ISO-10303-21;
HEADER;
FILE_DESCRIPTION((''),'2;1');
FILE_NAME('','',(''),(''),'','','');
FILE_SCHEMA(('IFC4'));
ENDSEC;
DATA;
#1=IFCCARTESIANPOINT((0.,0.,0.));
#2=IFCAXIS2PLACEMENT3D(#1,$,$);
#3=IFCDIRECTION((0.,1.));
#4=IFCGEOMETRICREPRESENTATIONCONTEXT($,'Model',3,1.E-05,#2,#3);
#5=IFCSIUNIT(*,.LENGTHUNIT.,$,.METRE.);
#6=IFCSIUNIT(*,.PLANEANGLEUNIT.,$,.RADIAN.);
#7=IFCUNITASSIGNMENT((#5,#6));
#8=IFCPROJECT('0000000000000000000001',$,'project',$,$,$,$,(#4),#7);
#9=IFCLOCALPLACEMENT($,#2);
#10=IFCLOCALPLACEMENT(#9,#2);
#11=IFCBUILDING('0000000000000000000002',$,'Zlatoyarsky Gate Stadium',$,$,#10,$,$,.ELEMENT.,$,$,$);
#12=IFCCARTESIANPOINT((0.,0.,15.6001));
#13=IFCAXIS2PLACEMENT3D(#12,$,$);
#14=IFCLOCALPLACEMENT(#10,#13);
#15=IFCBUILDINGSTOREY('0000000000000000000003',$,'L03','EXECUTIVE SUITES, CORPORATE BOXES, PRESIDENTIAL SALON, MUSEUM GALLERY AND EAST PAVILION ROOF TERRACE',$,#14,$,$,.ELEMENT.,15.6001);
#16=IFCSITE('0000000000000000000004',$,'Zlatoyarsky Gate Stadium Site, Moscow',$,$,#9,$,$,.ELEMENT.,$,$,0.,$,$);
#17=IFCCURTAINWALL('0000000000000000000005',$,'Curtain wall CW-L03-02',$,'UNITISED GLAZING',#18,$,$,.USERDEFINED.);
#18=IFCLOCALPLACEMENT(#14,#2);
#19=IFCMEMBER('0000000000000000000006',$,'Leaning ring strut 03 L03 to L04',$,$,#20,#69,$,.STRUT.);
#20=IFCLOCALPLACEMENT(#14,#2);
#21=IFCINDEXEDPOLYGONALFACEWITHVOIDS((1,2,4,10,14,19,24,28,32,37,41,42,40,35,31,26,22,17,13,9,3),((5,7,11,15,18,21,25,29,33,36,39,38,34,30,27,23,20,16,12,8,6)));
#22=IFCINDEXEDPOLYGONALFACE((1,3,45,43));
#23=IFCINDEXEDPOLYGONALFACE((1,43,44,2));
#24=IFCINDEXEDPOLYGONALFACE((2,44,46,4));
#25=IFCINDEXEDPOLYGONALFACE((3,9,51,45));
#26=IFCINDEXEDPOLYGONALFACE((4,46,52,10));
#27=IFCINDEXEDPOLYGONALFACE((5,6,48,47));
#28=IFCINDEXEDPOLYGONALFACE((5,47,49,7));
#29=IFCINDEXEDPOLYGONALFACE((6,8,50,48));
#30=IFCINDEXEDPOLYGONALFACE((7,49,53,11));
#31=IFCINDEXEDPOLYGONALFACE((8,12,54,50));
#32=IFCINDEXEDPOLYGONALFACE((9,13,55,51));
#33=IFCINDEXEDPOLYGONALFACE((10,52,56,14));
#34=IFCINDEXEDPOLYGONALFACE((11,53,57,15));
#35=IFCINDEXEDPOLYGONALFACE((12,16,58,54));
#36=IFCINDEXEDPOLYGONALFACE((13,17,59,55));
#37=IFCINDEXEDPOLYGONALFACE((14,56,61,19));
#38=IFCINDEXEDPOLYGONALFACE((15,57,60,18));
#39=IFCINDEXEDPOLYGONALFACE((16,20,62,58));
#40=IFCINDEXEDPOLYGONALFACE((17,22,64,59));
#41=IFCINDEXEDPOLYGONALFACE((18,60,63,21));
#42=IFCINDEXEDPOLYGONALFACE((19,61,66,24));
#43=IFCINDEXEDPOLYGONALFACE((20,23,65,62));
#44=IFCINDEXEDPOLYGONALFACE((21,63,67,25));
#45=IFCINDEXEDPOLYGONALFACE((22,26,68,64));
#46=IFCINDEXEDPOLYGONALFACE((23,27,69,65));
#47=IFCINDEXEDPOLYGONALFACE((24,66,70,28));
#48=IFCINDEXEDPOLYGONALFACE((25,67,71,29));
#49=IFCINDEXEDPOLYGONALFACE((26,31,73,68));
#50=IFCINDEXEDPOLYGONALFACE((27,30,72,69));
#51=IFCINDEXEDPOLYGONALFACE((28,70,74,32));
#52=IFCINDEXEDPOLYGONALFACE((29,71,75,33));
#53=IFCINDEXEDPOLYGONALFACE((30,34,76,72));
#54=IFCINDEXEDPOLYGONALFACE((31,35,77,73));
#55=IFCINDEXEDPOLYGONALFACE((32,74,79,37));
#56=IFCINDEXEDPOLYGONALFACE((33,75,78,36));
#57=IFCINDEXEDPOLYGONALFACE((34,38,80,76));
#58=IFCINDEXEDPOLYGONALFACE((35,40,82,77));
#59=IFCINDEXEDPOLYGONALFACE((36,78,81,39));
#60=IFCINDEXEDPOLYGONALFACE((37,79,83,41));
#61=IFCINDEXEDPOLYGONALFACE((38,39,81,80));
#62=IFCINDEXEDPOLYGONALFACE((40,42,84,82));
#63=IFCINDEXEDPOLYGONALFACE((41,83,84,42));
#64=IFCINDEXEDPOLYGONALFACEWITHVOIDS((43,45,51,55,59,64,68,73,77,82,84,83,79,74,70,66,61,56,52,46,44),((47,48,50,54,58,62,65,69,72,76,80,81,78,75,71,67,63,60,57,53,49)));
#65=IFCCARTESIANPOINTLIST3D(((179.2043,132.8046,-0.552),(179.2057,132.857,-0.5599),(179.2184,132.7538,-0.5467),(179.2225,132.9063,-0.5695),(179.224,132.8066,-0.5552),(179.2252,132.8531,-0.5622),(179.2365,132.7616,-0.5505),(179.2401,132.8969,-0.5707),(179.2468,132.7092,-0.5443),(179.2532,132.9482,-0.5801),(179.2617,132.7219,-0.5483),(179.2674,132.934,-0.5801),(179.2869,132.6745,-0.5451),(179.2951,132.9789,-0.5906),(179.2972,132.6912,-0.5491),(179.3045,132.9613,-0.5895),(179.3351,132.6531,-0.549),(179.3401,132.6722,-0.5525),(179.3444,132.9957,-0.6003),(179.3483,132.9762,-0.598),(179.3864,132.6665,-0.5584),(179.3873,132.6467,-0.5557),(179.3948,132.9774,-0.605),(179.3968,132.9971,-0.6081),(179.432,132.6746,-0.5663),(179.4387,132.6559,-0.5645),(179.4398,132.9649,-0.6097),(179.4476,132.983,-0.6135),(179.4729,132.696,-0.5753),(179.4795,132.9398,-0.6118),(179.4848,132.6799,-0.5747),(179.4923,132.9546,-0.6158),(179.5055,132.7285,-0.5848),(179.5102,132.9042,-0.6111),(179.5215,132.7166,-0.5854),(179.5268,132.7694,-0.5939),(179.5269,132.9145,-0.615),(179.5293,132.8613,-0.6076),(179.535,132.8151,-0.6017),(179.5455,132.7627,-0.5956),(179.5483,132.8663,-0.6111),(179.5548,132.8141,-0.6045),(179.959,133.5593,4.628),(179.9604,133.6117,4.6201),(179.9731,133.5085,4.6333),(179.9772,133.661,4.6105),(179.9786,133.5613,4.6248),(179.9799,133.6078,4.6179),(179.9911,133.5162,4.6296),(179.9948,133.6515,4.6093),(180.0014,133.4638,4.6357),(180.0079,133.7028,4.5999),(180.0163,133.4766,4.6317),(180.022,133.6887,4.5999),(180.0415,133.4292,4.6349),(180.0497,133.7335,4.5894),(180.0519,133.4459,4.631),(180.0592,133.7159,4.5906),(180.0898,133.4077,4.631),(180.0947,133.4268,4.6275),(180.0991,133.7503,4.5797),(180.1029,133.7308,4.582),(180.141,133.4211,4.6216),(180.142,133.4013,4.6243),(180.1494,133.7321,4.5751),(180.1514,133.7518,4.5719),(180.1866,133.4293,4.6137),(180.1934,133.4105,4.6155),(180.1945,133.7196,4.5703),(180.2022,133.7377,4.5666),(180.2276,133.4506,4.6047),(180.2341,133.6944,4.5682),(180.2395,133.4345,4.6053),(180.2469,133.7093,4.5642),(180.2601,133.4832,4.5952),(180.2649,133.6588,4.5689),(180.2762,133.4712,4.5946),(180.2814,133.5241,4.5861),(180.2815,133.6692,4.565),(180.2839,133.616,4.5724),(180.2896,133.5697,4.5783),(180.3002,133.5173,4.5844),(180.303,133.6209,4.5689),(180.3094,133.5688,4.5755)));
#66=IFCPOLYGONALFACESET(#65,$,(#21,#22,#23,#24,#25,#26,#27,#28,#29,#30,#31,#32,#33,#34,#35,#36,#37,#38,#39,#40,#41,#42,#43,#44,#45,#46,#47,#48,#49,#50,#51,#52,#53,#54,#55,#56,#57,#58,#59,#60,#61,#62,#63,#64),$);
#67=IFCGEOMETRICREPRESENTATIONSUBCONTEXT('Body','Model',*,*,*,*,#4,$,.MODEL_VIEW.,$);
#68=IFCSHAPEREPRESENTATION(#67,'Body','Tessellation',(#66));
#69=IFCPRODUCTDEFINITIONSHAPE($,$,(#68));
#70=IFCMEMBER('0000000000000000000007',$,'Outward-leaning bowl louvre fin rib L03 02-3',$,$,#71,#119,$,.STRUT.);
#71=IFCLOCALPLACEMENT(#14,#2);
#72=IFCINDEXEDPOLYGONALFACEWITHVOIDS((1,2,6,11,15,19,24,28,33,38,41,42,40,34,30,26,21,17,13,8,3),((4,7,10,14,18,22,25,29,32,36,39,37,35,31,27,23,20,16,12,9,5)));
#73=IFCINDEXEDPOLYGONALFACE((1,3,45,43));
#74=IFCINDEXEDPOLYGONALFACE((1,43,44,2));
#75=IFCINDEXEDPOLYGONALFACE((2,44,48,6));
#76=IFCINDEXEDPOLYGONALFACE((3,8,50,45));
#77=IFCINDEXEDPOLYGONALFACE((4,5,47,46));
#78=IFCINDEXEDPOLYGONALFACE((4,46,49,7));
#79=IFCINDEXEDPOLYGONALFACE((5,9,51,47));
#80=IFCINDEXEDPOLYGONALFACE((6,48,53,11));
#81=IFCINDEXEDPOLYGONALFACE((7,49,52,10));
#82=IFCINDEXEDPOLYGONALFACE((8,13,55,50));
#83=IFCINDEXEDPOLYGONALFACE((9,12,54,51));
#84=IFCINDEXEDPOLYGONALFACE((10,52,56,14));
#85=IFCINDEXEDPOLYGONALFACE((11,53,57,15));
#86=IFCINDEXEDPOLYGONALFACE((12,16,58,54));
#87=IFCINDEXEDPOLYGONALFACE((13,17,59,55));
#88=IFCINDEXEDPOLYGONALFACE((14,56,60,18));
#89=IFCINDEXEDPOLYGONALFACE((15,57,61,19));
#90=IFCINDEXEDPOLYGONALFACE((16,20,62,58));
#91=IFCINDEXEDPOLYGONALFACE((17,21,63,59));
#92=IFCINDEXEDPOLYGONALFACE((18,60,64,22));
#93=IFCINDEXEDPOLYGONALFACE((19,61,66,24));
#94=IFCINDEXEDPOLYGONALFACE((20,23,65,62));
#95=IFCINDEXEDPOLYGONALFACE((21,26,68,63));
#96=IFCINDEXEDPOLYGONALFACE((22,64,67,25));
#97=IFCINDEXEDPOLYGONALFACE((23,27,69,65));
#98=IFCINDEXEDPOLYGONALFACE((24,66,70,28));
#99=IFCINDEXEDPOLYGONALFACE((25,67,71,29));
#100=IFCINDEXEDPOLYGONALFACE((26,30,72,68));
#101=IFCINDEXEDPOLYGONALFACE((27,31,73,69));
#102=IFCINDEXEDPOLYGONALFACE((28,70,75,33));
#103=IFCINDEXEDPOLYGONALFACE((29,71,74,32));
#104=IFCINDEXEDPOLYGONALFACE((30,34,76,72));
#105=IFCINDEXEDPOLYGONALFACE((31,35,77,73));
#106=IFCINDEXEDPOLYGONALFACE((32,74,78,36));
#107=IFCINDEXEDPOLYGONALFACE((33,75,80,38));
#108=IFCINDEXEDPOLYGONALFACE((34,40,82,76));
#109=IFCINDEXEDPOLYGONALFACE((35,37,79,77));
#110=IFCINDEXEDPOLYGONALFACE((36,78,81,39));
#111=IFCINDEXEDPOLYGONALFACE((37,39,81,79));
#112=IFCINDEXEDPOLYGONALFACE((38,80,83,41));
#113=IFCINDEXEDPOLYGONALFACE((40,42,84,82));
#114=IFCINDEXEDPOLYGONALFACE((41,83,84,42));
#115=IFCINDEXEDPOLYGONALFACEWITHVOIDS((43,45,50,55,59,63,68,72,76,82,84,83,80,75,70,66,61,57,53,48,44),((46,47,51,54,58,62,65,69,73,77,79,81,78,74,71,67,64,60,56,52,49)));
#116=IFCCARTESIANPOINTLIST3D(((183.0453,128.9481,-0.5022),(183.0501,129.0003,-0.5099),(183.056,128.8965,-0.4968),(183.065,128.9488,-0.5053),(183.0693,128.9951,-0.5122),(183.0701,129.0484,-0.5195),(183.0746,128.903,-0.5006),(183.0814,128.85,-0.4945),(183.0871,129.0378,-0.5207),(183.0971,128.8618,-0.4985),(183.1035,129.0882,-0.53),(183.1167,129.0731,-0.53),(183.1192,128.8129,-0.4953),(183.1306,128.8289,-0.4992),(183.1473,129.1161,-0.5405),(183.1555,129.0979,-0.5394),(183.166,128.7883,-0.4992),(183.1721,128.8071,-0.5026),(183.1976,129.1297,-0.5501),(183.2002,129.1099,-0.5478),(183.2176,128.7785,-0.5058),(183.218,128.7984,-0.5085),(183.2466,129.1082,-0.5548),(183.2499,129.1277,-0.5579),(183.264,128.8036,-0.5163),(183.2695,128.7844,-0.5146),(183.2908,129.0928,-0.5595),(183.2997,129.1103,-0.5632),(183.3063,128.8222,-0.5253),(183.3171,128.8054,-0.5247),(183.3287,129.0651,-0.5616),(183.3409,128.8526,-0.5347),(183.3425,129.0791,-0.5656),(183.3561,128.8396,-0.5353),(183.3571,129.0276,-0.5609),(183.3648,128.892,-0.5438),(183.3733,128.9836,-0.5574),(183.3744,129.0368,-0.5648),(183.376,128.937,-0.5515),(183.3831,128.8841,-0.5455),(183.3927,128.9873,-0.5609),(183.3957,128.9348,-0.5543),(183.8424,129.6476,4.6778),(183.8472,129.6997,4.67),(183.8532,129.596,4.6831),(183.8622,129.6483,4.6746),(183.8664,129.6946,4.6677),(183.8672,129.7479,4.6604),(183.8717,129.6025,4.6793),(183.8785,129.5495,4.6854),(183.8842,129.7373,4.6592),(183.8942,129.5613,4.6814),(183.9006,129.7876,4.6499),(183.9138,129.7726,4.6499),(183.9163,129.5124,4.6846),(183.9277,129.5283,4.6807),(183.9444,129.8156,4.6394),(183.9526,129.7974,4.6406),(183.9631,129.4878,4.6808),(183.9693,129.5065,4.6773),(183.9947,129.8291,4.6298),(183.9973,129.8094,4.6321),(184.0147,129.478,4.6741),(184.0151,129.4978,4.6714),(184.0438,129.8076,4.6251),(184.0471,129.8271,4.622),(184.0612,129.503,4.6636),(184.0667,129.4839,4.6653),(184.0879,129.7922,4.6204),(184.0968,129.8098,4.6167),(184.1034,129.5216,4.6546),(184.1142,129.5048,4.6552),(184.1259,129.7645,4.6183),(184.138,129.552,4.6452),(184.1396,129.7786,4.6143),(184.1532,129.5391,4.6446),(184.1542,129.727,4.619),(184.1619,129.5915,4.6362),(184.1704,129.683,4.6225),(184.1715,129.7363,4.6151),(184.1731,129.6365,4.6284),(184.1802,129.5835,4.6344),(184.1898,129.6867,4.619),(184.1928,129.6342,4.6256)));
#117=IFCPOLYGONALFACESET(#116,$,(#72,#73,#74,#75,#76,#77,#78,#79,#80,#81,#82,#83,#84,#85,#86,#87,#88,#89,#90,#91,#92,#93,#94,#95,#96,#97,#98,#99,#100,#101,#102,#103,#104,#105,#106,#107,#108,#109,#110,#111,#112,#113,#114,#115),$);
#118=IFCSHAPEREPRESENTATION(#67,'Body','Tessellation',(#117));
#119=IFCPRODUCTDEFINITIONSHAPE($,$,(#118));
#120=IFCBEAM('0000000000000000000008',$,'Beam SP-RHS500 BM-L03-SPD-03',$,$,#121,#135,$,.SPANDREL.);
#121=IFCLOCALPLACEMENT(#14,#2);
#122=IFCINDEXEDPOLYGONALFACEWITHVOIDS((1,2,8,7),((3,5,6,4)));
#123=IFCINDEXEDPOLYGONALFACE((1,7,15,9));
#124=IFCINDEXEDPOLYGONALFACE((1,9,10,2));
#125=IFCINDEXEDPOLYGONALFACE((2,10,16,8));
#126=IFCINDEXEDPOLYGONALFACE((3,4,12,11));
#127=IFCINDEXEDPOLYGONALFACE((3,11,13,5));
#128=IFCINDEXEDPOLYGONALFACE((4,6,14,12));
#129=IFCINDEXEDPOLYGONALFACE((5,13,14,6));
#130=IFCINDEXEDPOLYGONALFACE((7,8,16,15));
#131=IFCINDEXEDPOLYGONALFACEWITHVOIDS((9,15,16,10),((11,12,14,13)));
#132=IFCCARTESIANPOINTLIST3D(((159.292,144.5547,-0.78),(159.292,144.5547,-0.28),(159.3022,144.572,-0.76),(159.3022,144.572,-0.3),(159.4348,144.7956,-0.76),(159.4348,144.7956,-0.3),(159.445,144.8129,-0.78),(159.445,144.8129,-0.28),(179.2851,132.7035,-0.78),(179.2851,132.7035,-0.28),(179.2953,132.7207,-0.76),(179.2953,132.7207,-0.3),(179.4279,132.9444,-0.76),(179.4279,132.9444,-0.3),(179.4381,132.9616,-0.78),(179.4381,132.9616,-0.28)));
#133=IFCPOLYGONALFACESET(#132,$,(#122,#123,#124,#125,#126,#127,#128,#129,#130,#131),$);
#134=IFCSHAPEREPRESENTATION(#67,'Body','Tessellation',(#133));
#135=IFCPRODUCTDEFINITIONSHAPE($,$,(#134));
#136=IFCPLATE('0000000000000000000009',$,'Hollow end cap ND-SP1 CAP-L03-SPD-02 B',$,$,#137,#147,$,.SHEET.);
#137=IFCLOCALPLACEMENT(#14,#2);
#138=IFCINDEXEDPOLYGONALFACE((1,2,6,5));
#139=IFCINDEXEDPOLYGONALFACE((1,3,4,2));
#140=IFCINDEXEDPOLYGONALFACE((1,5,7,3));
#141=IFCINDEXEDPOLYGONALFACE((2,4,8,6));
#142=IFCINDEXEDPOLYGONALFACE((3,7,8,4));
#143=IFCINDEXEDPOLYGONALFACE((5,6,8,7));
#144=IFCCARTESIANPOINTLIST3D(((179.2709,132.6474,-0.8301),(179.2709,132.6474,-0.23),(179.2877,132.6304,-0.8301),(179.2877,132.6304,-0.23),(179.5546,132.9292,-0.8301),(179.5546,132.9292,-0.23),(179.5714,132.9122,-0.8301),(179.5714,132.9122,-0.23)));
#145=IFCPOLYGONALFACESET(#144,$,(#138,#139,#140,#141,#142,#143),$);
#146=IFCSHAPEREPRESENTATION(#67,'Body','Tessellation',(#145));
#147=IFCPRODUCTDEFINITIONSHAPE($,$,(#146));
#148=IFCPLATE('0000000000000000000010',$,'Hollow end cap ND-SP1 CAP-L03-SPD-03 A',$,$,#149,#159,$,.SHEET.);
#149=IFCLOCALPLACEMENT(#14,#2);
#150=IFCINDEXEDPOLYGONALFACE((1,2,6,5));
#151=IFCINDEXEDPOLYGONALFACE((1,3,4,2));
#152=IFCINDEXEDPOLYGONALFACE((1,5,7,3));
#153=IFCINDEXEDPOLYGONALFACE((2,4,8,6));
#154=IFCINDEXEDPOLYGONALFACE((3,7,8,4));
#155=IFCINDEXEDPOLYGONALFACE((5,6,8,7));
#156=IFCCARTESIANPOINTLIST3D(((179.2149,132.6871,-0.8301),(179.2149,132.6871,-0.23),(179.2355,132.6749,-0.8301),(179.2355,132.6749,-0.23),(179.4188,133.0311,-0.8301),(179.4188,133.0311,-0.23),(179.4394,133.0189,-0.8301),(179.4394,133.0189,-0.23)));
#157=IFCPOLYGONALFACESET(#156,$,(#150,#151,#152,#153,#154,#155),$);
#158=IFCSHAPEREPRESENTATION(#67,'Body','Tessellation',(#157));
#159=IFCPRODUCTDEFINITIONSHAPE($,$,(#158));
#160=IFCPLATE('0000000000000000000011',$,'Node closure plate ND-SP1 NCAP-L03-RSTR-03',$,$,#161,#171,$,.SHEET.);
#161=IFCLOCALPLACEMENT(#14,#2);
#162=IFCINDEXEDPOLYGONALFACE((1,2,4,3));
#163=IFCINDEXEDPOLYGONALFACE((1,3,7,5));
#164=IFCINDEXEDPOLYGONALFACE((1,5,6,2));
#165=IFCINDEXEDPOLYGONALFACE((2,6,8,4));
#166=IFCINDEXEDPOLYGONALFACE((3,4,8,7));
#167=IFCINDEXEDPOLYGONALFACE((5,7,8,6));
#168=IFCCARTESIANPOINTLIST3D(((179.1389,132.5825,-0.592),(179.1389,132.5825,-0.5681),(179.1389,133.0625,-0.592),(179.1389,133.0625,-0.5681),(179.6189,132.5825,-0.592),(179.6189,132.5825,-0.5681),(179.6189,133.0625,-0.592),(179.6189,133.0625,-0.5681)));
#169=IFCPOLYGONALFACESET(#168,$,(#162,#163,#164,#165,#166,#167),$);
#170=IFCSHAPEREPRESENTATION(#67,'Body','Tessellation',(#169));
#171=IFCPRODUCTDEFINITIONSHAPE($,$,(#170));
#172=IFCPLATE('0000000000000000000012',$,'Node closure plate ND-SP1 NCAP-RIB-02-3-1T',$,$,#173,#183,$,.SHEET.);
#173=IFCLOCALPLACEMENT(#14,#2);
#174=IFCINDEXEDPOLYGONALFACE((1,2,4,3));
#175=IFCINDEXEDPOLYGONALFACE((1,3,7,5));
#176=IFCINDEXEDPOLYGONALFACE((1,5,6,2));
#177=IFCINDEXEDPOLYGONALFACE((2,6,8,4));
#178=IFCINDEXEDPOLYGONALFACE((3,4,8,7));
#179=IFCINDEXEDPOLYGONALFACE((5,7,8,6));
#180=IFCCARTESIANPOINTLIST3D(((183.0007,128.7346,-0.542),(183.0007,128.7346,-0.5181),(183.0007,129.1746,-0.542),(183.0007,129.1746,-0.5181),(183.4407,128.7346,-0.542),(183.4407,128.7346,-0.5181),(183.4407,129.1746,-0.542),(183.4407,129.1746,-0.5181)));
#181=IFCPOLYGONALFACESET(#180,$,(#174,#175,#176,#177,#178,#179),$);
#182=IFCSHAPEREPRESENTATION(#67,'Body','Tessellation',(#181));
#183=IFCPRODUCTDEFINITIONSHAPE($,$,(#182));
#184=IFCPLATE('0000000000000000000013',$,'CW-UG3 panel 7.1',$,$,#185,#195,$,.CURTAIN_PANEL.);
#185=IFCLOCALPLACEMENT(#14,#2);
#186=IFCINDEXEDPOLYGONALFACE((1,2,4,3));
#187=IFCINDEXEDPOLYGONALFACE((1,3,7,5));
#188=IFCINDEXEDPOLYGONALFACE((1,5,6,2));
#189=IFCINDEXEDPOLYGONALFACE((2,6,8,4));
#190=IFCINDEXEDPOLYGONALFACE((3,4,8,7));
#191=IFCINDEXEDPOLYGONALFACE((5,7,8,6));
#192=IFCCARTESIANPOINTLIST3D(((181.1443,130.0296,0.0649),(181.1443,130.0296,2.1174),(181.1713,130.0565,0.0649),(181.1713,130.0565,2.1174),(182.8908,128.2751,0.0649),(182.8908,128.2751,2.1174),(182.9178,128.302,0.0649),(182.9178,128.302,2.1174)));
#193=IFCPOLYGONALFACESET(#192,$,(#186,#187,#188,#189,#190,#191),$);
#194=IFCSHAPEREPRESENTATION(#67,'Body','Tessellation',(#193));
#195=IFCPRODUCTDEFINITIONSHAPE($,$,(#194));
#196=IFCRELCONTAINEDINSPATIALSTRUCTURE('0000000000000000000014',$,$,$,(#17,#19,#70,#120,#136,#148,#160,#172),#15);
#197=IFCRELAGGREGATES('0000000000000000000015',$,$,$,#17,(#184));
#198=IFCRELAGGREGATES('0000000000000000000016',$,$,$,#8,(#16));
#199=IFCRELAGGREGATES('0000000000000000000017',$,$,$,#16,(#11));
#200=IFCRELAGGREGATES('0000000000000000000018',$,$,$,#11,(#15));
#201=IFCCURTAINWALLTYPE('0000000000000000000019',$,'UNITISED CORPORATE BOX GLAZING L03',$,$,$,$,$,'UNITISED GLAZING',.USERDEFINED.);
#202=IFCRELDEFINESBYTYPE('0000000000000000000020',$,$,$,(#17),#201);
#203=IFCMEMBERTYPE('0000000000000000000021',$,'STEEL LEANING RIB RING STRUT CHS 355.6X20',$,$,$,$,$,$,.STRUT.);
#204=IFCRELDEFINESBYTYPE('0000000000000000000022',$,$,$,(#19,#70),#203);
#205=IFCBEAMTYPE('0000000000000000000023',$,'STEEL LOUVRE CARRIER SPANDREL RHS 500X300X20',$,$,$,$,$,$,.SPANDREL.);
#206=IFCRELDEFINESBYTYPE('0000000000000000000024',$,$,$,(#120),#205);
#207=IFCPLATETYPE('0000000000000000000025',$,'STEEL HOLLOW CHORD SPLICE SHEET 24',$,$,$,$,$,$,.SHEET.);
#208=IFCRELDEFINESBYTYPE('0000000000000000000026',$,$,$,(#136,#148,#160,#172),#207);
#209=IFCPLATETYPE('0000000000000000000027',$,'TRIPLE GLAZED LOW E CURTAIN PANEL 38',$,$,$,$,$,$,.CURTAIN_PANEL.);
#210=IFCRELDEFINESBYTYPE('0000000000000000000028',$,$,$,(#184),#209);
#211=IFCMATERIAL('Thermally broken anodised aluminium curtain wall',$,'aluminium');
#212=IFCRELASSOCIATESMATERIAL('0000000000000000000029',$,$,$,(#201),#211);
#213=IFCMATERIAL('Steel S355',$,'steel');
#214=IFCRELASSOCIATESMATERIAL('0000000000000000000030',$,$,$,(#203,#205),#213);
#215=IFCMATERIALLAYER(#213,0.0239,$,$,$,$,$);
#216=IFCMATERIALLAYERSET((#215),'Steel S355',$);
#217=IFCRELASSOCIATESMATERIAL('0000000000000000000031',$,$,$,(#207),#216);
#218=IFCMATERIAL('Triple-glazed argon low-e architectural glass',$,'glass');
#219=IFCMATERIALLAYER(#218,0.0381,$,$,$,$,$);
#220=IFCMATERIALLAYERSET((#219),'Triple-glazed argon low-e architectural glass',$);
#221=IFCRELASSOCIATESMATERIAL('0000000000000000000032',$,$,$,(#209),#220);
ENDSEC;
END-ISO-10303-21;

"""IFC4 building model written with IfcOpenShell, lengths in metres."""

from ifc_helpers import new_model, si_unit, direction, frame, origin, origin_2d, place, context, subcontext, project, spatial, rectangle, hollow_rectangle, hollow_circle, extrude, material, layer, layer_set, material_profile, profile_set, type_object, element, aggregate, save


model = new_model("IFC4")

# Units and contexts
model_context = context("Model", 3, precision=1e-05, world=origin(), true_north=direction((0.0, 1.0)))
body_context = subcontext(model_context, "Body", "Model", "MODEL_VIEW")
ifc_project = project(units=[si_unit("LENGTHUNIT", "METRE"), si_unit("PLANEANGLEUNIT", "RADIAN")], contexts=[model_context])

# Site, building, storey
site_placement = place(None, origin())
site = spatial("IfcSite", under=ifc_project, at=site_placement, Name="Zlatoyarsky Gate Stadium Site, Moscow", CompositionType="ELEMENT", RefElevation=0.0)
building_placement = place(site_placement, origin())
building = spatial("IfcBuilding", under=site, at=building_placement, Name="Zlatoyarsky Gate Stadium", CompositionType="ELEMENT")
storey_placement = place(building_placement, frame((0.0, 0.0, 15.6001)))
storey = spatial("IfcBuildingStorey", under=building, at=storey_placement, Name="L03", Description="EXECUTIVE SUITES, CORPORATE BOXES, PRESIDENTIAL SALON, MUSEUM GALLERY AND EAST PAVILION ROOF TERRACE", CompositionType="ELEMENT", Elevation=15.6001)

# Curtain wall
ifc_material_1 = material(Name="Thermally broken anodised aluminium curtain wall", Category="aluminium")
curtain_wall_type = type_object("IfcCurtainWallType", Name="UNITISED CORPORATE BOX GLAZING L03", ElementType="UNITISED GLAZING", PredefinedType="USERDEFINED", material=ifc_material_1)
curtain_wall_1_placement = place(storey_placement, origin())
curtain_wall_1 = element("IfcCurtainWall", 1, at=curtain_wall_1_placement, inside=storey, type_object=curtain_wall_type, Name="Curtain wall CW-L03-02", ObjectType="UNITISED GLAZING", PredefinedType="USERDEFINED")

# Members
ifc_material_2 = material(Name="Steel S355", Category="steel")
ifc_material_profile_1 = material_profile(ifc_material_2, hollow_circle(Radius=0.1777, WallThickness=0.02, at=origin_2d()), Name="CHS 355.6X20")
ifc_profile_set_1 = profile_set([ifc_material_profile_1], Name="Steel S355")
member_type_1 = type_object("IfcMemberType", Name="STEEL LEANING RIB RING STRUT CHS 355.6X20", PredefinedType="STRUT", material=ifc_profile_set_1)
member_1_placement = place(storey_placement, frame((179.3789, 132.8225, -0.5801), z_axis=(0.142688, 0.142688, 0.979429), x_axis=(-0.707107, 0.707107, 0.0)))
element("IfcMember", 2, at=member_1_placement, inside=storey, type_object=member_type_1, Name="Leaning ring strut 03 L03 to L04", PredefinedType="STRUT", context=body_context, shape_type="SweptSolid", body=[
    extrude(hollow_circle(Radius=0.1777, WallThickness=0.02, at=origin_2d()), origin(), (0.0, 0.0, 1.0), 5.2888),
])
member_2_placement = place(storey_placement, frame((183.2207, 128.9546, -0.53), z_axis=(0.150759, 0.132289, 0.979679), x_axis=(-0.659563, 0.751649, 0.0)))
element("IfcMember", 3, at=member_2_placement, inside=storey, type_object=member_type_1, Name="Outward-leaning bowl louvre fin rib L03 02-3", PredefinedType="STRUT", context=body_context, shape_type="SweptSolid", body=[
    extrude(hollow_circle(Radius=0.1777, WallThickness=0.02, at=origin_2d()), origin(), (0.0, 0.0, 1.0), 5.2874),
])

# Beam
ifc_material_profile_2 = material_profile(ifc_material_2, hollow_rectangle(XDim=0.3, YDim=0.5, WallThickness=0.02, at=origin_2d()), Name="RHS 500X300X20")
ifc_profile_set_2 = profile_set([ifc_material_profile_2], Name="Steel S355")
beam_type = type_object("IfcBeamType", Name="STEEL LOUVRE CARRIER SPANDREL RHS 500X300X20", PredefinedType="SPANDREL", material=ifc_profile_set_2)
beam_placement = place(storey_placement, frame((179.3616, 132.8325, -0.53), z_axis=(-0.860225, 0.509914, 0.0), x_axis=(-0.509914, -0.860225, 0.0)))
element("IfcBeam", 4, at=beam_placement, inside=storey, type_object=beam_type, Name="Beam SP-RHS500 BM-L03-SPD-03", PredefinedType="SPANDREL", context=body_context, shape_type="SweptSolid", body=[
    extrude(hollow_rectangle(XDim=0.3, YDim=0.5, WallThickness=0.02, at=origin_2d()), origin(), (0.0, 0.0, 1.0), 23.2417),
])

# Plates
ifc_layer_1 = layer(ifc_material_2, 0.0239)
ifc_layer_set_1 = layer_set([ifc_layer_1], Name="Steel S355")
plate_type_1 = type_object("IfcPlateType", Name="STEEL HOLLOW CHORD SPLICE SHEET 24", PredefinedType="SHEET", material=ifc_layer_set_1)
for number, where, z_axis, x_axis, name in (
    (5, (179.4211, 132.7798, -0.8301), (0.0, 0.0, 1.0), (-0.70473, 0.709476, 0.0), "Hollow end cap ND-SP1 CAP-L03-SPD-02 B"),
    (6, (179.3271, 132.853, -0.8301), (0.0, 0.0, 1.0), (-0.860229, 0.509908, 0.0), "Hollow end cap ND-SP1 CAP-L03-SPD-03 A"),
):
    element("IfcPlate", number, at=place(storey_placement, frame(where, z_axis=z_axis, x_axis=x_axis)), inside=storey, type_object=plate_type_1, Name=name, PredefinedType="SHEET", context=body_context, shape_type="SweptSolid", body=[
        extrude(rectangle(XDim=0.0239, YDim=0.3999, at=origin_2d()), origin(), (0.0, 0.0, 1.0), 0.6001),
    ])
plate_1_placement = place(storey_placement, frame((179.3789, 132.8225, -0.592), z_axis=(0.0, 0.0, 1.0), x_axis=(1.0, 0.0, 0.0)))
element("IfcPlate", 7, at=plate_1_placement, inside=storey, type_object=plate_type_1, Name="Node closure plate ND-SP1 NCAP-L03-RSTR-03", PredefinedType="SHEET", context=body_context, shape_type="SweptSolid", body=[
    extrude(rectangle(XDim=0.48, YDim=0.48, at=origin_2d()), origin(), (0.0, 0.0, 1.0), 0.0239),
])
plate_2_placement = place(storey_placement, frame((183.2207, 128.9546, -0.542), z_axis=(0.0, 0.0, 1.0), x_axis=(1.0, 0.0, 0.0)))
element("IfcPlate", 8, at=plate_2_placement, inside=storey, type_object=plate_type_1, Name="Node closure plate ND-SP1 NCAP-RIB-02-3-1T", PredefinedType="SHEET", context=body_context, shape_type="SweptSolid", body=[
    extrude(rectangle(XDim=0.4399, YDim=0.4399, at=origin_2d()), origin(), (0.0, 0.0, 1.0), 0.0239),
])

# Plate
ifc_material_3 = material(Name="Triple-glazed argon low-e architectural glass", Category="glass")
ifc_layer_2 = layer(ifc_material_3, 0.0381)
ifc_layer_set_2 = layer_set([ifc_layer_2], Name="Triple-glazed argon low-e architectural glass")
plate_type_2 = type_object("IfcPlateType", Name="TRIPLE GLAZED LOW E CURTAIN PANEL 38", PredefinedType="CURTAIN_PANEL", material=ifc_layer_set_2)
plate_3_placement = place(storey_placement, frame((182.031, 129.1658, 0.0649), z_axis=(0.0, 0.0, 1.0), x_axis=(-0.705489, 0.708721, 0.0)))
plate_3 = element("IfcPlate", 9, at=plate_3_placement, type_object=plate_type_2, Name="CW-UG3 panel 7.1", PredefinedType="CURTAIN_PANEL", context=body_context, shape_type="SweptSolid", body=[
    extrude(rectangle(XDim=2.4756, YDim=0.0381, at=origin_2d()), origin(), (0.0, 0.0, 1.0), 2.0525),
])
aggregate(curtain_wall_1, [plate_3])

save(model, "model.ifc")
